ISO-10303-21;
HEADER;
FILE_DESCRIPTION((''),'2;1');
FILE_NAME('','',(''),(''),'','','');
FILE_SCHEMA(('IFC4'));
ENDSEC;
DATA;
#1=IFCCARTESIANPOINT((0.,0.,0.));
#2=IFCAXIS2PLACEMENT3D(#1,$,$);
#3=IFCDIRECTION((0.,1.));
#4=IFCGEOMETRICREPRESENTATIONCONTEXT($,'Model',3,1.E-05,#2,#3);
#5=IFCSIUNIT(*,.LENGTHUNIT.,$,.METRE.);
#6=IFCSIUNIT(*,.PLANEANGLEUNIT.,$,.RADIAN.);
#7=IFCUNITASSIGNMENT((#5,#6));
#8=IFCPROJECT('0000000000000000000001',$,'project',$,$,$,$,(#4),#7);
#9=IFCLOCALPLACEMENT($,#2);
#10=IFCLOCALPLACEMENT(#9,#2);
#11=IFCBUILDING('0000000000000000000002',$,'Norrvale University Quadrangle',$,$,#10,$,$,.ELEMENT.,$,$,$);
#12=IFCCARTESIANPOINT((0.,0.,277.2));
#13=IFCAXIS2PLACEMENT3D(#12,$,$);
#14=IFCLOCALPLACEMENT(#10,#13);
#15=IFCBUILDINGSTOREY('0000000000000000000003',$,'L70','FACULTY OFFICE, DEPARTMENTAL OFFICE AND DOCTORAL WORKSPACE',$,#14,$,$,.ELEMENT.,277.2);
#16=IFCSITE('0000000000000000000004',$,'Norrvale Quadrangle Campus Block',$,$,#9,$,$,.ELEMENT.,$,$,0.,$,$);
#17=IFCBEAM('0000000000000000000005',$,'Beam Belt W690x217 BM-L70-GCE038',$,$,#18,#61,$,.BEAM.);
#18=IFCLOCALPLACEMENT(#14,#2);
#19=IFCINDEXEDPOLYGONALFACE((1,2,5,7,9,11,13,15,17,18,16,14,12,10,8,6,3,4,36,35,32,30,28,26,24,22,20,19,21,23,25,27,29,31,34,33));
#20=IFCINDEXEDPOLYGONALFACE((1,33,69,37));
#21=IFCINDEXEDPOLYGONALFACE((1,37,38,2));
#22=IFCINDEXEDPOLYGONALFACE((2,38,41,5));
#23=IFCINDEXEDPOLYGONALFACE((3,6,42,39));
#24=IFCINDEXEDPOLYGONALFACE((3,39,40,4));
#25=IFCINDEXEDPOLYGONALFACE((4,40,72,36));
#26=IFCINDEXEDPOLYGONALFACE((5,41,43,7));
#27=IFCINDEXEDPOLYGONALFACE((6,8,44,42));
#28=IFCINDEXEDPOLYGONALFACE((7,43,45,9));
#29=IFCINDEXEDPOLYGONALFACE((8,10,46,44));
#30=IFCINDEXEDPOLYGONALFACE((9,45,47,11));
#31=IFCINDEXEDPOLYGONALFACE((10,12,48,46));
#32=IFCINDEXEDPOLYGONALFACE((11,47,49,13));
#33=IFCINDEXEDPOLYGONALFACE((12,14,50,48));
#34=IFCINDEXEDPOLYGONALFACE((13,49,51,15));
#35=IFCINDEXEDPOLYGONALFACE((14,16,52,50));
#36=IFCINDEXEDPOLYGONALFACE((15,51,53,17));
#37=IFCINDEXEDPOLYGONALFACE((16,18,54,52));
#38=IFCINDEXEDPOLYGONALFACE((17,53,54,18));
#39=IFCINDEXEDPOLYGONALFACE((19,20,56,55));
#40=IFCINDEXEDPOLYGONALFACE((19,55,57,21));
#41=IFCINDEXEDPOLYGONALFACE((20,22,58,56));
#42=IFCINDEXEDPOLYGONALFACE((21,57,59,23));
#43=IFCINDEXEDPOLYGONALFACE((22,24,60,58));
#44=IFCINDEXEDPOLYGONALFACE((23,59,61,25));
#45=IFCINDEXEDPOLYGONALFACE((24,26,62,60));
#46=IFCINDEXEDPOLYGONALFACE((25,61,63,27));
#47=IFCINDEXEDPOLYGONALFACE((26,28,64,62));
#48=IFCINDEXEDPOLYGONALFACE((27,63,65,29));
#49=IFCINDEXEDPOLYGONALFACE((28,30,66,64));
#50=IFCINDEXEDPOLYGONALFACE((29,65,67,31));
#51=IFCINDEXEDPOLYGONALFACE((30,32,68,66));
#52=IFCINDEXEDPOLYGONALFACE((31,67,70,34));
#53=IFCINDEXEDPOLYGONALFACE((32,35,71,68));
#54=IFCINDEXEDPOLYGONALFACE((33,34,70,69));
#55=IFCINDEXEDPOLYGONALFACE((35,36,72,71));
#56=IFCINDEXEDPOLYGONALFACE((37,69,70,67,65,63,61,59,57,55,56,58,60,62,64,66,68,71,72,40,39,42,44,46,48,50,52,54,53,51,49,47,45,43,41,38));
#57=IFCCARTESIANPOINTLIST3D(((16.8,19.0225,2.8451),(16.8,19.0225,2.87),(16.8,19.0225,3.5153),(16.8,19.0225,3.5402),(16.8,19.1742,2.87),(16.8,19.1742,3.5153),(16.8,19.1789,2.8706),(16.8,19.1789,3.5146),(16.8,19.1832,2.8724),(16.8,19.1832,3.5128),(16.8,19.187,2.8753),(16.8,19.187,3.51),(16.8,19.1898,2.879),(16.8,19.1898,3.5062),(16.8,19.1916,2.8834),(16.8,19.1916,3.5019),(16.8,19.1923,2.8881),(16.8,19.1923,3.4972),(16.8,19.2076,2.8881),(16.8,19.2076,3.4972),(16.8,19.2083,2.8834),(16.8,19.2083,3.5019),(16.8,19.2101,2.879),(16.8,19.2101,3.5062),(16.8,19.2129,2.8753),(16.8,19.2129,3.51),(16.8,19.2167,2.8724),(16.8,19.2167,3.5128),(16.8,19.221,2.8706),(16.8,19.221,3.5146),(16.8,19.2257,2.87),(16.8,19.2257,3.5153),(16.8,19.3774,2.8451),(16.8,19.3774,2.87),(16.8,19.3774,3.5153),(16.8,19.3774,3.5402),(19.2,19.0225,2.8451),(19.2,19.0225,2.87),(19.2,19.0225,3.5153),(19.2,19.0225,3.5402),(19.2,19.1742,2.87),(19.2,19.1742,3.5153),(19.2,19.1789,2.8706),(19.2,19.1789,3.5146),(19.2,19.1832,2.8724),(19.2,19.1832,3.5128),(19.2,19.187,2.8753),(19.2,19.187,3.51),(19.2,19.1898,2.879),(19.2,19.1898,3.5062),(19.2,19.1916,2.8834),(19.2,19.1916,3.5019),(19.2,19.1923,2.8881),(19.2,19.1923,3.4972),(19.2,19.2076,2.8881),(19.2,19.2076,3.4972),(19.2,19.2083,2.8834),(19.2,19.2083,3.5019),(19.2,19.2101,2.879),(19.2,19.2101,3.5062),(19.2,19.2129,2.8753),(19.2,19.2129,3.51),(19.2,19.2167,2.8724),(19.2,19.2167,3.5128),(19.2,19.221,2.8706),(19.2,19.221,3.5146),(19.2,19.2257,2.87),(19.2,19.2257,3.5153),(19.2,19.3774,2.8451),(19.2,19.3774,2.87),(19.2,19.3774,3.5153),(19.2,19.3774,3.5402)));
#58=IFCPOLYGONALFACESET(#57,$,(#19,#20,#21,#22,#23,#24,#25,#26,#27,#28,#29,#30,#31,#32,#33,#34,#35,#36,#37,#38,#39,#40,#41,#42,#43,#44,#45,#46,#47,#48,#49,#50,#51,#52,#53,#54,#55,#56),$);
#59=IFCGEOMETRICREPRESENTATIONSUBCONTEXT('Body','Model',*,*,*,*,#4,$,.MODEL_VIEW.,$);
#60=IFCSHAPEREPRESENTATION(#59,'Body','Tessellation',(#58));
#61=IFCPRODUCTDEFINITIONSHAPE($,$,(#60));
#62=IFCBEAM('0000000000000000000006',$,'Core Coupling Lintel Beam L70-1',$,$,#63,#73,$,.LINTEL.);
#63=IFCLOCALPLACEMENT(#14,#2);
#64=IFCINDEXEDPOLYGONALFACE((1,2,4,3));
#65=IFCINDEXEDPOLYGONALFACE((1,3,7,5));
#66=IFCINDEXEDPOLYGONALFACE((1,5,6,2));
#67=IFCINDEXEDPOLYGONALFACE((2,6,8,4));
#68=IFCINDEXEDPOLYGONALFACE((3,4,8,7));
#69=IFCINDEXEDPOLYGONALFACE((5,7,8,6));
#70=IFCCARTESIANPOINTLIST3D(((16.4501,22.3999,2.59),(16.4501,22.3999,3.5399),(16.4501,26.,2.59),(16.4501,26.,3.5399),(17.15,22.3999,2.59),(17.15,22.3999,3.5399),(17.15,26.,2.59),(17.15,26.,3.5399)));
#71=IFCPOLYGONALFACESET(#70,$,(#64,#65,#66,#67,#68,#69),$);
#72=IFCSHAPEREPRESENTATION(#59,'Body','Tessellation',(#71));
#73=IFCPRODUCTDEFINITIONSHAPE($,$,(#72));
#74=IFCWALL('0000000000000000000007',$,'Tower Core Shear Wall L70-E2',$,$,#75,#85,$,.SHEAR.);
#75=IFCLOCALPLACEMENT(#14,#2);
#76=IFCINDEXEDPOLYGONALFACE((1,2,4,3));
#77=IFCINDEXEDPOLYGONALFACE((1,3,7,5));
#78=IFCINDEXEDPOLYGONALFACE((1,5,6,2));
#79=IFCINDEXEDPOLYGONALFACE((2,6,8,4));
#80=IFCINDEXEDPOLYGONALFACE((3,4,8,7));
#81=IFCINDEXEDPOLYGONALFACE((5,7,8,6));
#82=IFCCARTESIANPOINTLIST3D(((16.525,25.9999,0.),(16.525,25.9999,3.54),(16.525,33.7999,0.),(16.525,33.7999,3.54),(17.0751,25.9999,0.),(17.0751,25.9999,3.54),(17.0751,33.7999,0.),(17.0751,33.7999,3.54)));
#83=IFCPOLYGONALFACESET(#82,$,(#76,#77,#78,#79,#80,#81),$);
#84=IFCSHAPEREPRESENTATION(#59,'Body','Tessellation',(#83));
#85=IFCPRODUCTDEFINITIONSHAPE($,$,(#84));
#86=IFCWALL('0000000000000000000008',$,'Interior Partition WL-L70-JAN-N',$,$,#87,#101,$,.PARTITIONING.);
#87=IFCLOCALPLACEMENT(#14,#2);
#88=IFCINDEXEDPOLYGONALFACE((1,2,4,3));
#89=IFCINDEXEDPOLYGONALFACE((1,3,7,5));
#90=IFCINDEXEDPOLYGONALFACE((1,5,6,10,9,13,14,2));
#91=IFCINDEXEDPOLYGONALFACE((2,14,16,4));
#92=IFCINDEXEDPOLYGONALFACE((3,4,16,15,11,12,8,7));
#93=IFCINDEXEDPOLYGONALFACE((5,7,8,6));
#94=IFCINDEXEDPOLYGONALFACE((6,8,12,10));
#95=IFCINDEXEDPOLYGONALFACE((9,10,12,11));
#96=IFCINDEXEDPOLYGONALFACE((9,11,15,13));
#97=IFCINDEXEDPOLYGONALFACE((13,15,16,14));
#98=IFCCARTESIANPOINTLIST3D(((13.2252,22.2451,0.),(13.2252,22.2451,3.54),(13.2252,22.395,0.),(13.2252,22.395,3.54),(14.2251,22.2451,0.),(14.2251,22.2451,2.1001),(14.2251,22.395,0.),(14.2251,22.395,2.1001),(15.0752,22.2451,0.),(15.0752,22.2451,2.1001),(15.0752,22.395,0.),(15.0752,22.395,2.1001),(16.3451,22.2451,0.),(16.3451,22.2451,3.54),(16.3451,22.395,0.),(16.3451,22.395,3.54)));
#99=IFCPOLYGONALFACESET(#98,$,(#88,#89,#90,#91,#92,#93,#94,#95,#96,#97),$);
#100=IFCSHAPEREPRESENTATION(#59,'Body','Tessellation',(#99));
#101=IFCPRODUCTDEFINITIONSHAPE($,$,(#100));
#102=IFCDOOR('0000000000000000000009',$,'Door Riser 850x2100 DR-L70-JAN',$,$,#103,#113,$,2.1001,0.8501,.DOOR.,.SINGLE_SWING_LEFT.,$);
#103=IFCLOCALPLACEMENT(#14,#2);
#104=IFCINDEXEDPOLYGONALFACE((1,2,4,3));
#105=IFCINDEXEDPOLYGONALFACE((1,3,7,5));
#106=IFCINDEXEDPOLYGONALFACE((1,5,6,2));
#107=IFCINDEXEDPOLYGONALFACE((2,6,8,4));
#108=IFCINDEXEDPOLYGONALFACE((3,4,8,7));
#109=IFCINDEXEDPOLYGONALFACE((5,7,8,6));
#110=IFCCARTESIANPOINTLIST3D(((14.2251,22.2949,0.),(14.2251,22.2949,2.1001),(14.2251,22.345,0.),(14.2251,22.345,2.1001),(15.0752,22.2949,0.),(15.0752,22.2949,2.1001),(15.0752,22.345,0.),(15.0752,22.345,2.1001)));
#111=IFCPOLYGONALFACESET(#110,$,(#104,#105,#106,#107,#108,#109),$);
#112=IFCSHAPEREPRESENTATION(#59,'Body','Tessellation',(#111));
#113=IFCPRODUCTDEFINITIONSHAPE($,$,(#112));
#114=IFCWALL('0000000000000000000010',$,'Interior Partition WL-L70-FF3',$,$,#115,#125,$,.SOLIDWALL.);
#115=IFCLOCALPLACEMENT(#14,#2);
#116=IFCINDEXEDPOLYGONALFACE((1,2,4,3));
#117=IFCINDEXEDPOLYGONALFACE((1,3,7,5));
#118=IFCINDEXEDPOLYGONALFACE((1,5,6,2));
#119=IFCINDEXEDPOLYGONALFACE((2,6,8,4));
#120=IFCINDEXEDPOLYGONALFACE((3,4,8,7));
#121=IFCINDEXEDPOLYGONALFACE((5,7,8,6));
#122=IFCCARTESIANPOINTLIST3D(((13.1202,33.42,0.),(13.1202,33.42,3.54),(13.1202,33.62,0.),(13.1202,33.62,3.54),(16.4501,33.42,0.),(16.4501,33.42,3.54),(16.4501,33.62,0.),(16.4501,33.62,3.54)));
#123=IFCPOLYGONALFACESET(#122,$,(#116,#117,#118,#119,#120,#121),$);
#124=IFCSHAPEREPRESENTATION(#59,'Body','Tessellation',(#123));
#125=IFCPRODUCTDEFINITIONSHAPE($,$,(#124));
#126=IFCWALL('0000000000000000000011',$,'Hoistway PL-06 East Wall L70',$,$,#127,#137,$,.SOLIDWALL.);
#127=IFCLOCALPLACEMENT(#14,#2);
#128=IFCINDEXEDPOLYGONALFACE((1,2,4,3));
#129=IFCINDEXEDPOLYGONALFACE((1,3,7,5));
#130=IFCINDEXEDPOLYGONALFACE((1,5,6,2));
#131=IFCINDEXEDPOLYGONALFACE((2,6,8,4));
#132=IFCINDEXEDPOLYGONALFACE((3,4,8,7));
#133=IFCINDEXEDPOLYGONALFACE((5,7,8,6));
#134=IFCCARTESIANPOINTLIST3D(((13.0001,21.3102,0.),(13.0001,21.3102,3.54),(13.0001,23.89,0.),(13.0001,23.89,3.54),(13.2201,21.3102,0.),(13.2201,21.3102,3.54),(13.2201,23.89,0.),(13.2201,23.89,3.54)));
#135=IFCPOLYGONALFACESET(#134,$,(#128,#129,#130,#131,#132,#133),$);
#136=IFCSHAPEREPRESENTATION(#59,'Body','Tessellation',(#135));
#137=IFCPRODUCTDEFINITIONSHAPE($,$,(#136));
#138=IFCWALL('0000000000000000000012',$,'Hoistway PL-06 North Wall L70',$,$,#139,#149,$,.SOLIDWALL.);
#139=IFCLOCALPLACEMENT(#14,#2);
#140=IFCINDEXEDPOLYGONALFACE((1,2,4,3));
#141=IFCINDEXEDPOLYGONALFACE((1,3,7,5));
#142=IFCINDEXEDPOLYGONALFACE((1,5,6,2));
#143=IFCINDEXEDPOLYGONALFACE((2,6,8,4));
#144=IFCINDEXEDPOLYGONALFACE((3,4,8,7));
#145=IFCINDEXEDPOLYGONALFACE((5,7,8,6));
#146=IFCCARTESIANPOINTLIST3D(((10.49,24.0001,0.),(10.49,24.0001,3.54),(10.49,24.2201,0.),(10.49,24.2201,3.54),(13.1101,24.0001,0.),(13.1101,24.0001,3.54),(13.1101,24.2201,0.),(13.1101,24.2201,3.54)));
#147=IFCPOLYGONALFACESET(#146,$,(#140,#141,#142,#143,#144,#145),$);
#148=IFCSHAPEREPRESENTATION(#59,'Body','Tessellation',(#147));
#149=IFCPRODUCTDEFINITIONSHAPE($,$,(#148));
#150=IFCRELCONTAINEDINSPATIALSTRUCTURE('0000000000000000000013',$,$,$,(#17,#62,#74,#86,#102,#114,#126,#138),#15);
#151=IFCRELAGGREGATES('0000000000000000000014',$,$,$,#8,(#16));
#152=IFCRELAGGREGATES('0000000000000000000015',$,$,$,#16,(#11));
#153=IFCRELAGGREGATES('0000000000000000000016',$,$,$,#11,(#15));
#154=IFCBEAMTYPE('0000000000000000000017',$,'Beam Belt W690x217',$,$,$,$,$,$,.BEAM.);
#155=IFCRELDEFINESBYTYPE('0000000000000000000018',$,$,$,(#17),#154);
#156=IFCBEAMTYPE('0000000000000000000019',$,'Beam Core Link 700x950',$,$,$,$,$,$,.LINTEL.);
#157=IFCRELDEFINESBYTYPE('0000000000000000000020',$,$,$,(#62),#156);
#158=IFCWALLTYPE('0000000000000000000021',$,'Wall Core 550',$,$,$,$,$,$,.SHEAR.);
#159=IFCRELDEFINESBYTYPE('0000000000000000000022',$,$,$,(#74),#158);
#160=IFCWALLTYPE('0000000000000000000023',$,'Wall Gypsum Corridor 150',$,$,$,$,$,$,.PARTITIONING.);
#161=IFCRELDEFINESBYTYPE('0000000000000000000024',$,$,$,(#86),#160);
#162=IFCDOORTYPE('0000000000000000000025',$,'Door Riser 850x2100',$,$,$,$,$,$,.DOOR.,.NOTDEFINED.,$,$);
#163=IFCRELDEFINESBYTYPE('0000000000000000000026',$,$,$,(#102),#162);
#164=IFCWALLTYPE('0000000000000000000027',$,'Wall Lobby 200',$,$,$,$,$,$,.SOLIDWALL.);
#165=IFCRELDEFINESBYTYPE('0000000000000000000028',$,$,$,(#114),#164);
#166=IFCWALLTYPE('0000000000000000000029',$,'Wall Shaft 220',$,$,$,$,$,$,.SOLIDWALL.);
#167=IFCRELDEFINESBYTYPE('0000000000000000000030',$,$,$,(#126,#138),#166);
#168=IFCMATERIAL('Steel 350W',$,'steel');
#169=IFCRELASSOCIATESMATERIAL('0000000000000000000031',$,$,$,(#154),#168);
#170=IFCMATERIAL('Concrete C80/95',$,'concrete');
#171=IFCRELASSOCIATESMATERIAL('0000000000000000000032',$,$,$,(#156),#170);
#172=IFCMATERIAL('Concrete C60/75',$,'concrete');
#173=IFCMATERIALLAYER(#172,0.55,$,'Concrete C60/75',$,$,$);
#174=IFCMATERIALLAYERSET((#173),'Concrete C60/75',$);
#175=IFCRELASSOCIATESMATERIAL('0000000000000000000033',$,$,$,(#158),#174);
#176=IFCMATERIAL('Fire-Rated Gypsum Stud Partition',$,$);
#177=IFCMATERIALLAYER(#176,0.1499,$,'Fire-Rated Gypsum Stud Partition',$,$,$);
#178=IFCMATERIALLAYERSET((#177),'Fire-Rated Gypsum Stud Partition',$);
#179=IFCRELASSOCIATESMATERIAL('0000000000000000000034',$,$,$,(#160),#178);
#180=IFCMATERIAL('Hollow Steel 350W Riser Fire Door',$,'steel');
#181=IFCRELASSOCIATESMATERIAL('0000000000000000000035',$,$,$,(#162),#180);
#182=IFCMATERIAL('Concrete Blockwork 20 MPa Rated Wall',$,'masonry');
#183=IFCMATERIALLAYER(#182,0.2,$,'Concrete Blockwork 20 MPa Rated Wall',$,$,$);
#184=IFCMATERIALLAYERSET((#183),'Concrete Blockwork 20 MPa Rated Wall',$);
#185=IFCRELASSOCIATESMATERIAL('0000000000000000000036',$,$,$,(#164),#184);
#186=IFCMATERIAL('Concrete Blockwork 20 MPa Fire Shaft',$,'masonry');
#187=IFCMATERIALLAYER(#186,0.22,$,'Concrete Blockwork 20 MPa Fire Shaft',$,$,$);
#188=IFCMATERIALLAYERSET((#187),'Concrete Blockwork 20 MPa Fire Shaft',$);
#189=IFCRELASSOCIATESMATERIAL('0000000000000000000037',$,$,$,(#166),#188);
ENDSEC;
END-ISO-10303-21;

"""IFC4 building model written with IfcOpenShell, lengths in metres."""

from ifc_helpers import new_model, si_unit, direction, frame, frame_2d, origin, origin_2d, place, context, subcontext, project, spatial, rectangle, i_section, extrude, material, layer, layer_set, material_profile, profile_set, type_object, element, fill, save


model = new_model("IFC4")

# Units and contexts
model_context = context("Model", 3, precision=1e-05, world=origin(), true_north=direction((0.0, 1.0)))
body_context = subcontext(model_context, "Body", "Model", "MODEL_VIEW")
ifc_project = project(units=[si_unit("LENGTHUNIT", "METRE"), si_unit("PLANEANGLEUNIT", "RADIAN")], contexts=[model_context])

# Site, building, storey
site_placement = place(None, origin())
site = spatial("IfcSite", under=ifc_project, at=site_placement, Name="Norrvale Quadrangle Campus Block", CompositionType="ELEMENT", RefElevation=0.0)
building_placement = place(site_placement, origin())
building = spatial("IfcBuilding", under=site, at=building_placement, Name="Norrvale University Quadrangle", CompositionType="ELEMENT")
storey_placement = place(building_placement, frame((0.0, 0.0, 277.2)))
storey = spatial("IfcBuildingStorey", under=building, at=storey_placement, Name="L70", Description="FACULTY OFFICE, DEPARTMENTAL OFFICE AND DOCTORAL WORKSPACE", CompositionType="ELEMENT", Elevation=277.2)

# Beams
ifc_material_1 = material(Name="Steel 350W", Category="steel")
ifc_material_profile_1 = material_profile(ifc_material_1, i_section(OverallWidth=0.355, OverallDepth=0.6951, WebThickness=0.0154, FlangeThickness=0.0249, FilletRadius=0.0181, at=origin_2d()), Name="Steel 350W")
ifc_profile_set_1 = profile_set([ifc_material_profile_1], Name="Steel 350W")
beam_type_1 = type_object("IfcBeamType", Name="Beam Belt W690x217", PredefinedType="BEAM", material=ifc_profile_set_1)
beam_1_placement = place(storey_placement, frame((16.8, 19.2, 3.1926), z_axis=(1.0, 0.0, 0.0), x_axis=(0.0, 1.0, 0.0)))
element("IfcBeam", 1, at=beam_1_placement, inside=storey, type_object=beam_type_1, Name="Beam Belt W690x217 BM-L70-GCE038", PredefinedType="BEAM", context=body_context, shape_type="SweptSolid", body=[
    extrude(i_section(OverallWidth=0.355, OverallDepth=0.6951, WebThickness=0.0154, FlangeThickness=0.0249, FilletRadius=0.0181, at=origin_2d()), origin(), (0.0, 0.0, 1.0), 2.3999),
])
ifc_material_2 = material(Name="Concrete C80/95", Category="concrete")
ifc_material_profile_2 = material_profile(ifc_material_2, rectangle(XDim=0.7, YDim=0.95, at=origin_2d()), Name="Concrete C80/95")
ifc_profile_set_2 = profile_set([ifc_material_profile_2], Name="Concrete C80/95")
beam_type_2 = type_object("IfcBeamType", Name="Beam Core Link 700x950", PredefinedType="LINTEL", material=ifc_profile_set_2)
beam_2_placement = place(storey_placement, frame((16.8, 22.3999, 3.0649), z_axis=(0.0, 1.0, 0.0), x_axis=(-1.0, 0.0, 0.0)))
element("IfcBeam", 2, at=beam_2_placement, inside=storey, type_object=beam_type_2, Name="Core Coupling Lintel Beam L70-1", PredefinedType="LINTEL", context=body_context, shape_type="SweptSolid", body=[
    extrude(rectangle(XDim=0.7, YDim=0.95, at=origin_2d()), origin(), (0.0, 0.0, 1.0), 3.6001),
])

# Wall
ifc_material_3 = material(Name="Concrete C60/75", Category="concrete")
ifc_layer_1 = layer(ifc_material_3, 0.55, Name="Concrete C60/75")
ifc_layer_set_1 = layer_set([ifc_layer_1], Name="Concrete C60/75")
wall_type_1 = type_object("IfcWallType", Name="Wall Core 550", PredefinedType="SHEAR", material=ifc_layer_set_1)
wall_1_placement = place(storey_placement, frame((16.8, 26.0, 0.0), z_axis=(0.0, 0.0, 1.0), x_axis=(0.0, 1.0, 0.0)))
element("IfcWall", 3, at=wall_1_placement, inside=storey, type_object=wall_type_1, Name="Tower Core Shear Wall L70-E2", PredefinedType="SHEAR", context=body_context, shape_type="SweptSolid", body=[
    extrude(rectangle(XDim=7.8, YDim=0.55, at=frame_2d((3.8999, 0.0))), origin(), (0.0, 0.0, 1.0), 3.54),
])

# Wall, opening, door
ifc_material_4 = material(Name="Fire-Rated Gypsum Stud Partition")
ifc_layer_2 = layer(ifc_material_4, 0.1499, Name="Fire-Rated Gypsum Stud Partition")
ifc_layer_set_2 = layer_set([ifc_layer_2], Name="Fire-Rated Gypsum Stud Partition")
wall_type_2 = type_object("IfcWallType", Name="Wall Gypsum Corridor 150", PredefinedType="PARTITIONING", material=ifc_layer_set_2)
wall_2_placement = place(storey_placement, frame((13.2251, 22.3201, 0.0), z_axis=(0.0, 0.0, 1.0), x_axis=(1.0, 0.0, 0.0)))
wall_2 = element("IfcWall", 4, at=wall_2_placement, inside=storey, type_object=wall_type_2, Name="Interior Partition WL-L70-JAN-N", PredefinedType="PARTITIONING", context=body_context, shape_type="SweptSolid", body=[
    extrude(rectangle(XDim=3.1199, YDim=0.1499, at=frame_2d((1.5601, 0.0))), origin(), (0.0, 0.0, 1.0), 3.54),
])
opening_1_placement = place(wall_2_placement, frame((1.0, 0.0, 0.0)))
opening_1 = element("IfcOpeningElement", 5, at=opening_1_placement, cuts=wall_2, PredefinedType="OPENING", context=body_context, shape_type="SweptSolid", body=[
    extrude(rectangle(XDim=0.8501, YDim=2.1001, at=frame_2d((0.425, 1.05))), frame((0.0, 0.0869, 0.0), z_axis=(0.0, -1.0, 0.0), x_axis=(1.0, 0.0, 0.0)), (0.0, 0.0, 1.0), 0.1738),
])
ifc_material_5 = material(Name="Hollow Steel 350W Riser Fire Door", Category="steel")
door_type_1 = type_object("IfcDoorType", Name="Door Riser 850x2100", OperationType="NOTDEFINED", PredefinedType="DOOR", material=ifc_material_5)
door_1_placement = place(opening_1_placement, origin())
door_1 = element("IfcDoor", 6, at=door_1_placement, inside=storey, type_object=door_type_1, Name="Door Riser 850x2100 DR-L70-JAN", OperationType="SINGLE_SWING_LEFT", OverallHeight=2.1001, OverallWidth=0.8501, PredefinedType="DOOR", context=body_context, shape_type="SweptSolid", body=[
    extrude(rectangle(XDim=0.8501, YDim=2.1001, at=frame_2d((0.425, 1.05))), frame((0.0, 0.0249, 0.0), z_axis=(0.0, -1.0, 0.0), x_axis=(1.0, 0.0, 0.0)), (0.0, 0.0, 1.0), 0.05),
])
fill(opening_1, door_1)

# Walls
ifc_material_6 = material(Name="Concrete Blockwork 20 MPa Rated Wall", Category="masonry")
ifc_layer_3 = layer(ifc_material_6, 0.2, Name="Concrete Blockwork 20 MPa Rated Wall")
ifc_layer_set_3 = layer_set([ifc_layer_3], Name="Concrete Blockwork 20 MPa Rated Wall")
wall_type_3 = type_object("IfcWallType", Name="Wall Lobby 200", PredefinedType="SOLIDWALL", material=ifc_layer_set_3)
wall_3_placement = place(storey_placement, frame((13.1201, 33.52, 0.0), z_axis=(0.0, 0.0, 1.0), x_axis=(1.0, 0.0, 0.0)))
element("IfcWall", 7, at=wall_3_placement, inside=storey, type_object=wall_type_3, Name="Interior Partition WL-L70-FF3", PredefinedType="SOLIDWALL", context=body_context, shape_type="SweptSolid", body=[
    extrude(rectangle(XDim=3.3298, YDim=0.2, at=frame_2d((1.665, 0.0))), origin(), (0.0, 0.0, 1.0), 3.54),
])
ifc_material_7 = material(Name="Concrete Blockwork 20 MPa Fire Shaft", Category="masonry")
ifc_layer_4 = layer(ifc_material_7, 0.22, Name="Concrete Blockwork 20 MPa Fire Shaft")
ifc_layer_set_4 = layer_set([ifc_layer_4], Name="Concrete Blockwork 20 MPa Fire Shaft")
wall_type_4 = type_object("IfcWallType", Name="Wall Shaft 220", PredefinedType="SOLIDWALL", material=ifc_layer_set_4)
wall_4_placement = place(storey_placement, frame((13.1101, 21.3101, 0.0), z_axis=(0.0, 0.0, 1.0), x_axis=(0.0, 1.0, 0.0)))
element("IfcWall", 8, at=wall_4_placement, inside=storey, type_object=wall_type_4, Name="Hoistway PL-06 East Wall L70", PredefinedType="SOLIDWALL", context=body_context, shape_type="SweptSolid", body=[
    extrude(rectangle(XDim=2.5798, YDim=0.22, at=frame_2d((1.29, 0.0))), origin(), (0.0, 0.0, 1.0), 3.54),
])
wall_5_placement = place(storey_placement, frame((10.49, 24.1101, 0.0), z_axis=(0.0, 0.0, 1.0), x_axis=(1.0, 0.0, 0.0)))
element("IfcWall", 9, at=wall_5_placement, inside=storey, type_object=wall_type_4, Name="Hoistway PL-06 North Wall L70", PredefinedType="SOLIDWALL", context=body_context, shape_type="SweptSolid", body=[
    extrude(rectangle(XDim=2.6201, YDim=0.22, at=frame_2d((1.3101, 0.0))), origin(), (0.0, 0.0, 1.0), 3.54),
])

save(model, "model.ifc")
